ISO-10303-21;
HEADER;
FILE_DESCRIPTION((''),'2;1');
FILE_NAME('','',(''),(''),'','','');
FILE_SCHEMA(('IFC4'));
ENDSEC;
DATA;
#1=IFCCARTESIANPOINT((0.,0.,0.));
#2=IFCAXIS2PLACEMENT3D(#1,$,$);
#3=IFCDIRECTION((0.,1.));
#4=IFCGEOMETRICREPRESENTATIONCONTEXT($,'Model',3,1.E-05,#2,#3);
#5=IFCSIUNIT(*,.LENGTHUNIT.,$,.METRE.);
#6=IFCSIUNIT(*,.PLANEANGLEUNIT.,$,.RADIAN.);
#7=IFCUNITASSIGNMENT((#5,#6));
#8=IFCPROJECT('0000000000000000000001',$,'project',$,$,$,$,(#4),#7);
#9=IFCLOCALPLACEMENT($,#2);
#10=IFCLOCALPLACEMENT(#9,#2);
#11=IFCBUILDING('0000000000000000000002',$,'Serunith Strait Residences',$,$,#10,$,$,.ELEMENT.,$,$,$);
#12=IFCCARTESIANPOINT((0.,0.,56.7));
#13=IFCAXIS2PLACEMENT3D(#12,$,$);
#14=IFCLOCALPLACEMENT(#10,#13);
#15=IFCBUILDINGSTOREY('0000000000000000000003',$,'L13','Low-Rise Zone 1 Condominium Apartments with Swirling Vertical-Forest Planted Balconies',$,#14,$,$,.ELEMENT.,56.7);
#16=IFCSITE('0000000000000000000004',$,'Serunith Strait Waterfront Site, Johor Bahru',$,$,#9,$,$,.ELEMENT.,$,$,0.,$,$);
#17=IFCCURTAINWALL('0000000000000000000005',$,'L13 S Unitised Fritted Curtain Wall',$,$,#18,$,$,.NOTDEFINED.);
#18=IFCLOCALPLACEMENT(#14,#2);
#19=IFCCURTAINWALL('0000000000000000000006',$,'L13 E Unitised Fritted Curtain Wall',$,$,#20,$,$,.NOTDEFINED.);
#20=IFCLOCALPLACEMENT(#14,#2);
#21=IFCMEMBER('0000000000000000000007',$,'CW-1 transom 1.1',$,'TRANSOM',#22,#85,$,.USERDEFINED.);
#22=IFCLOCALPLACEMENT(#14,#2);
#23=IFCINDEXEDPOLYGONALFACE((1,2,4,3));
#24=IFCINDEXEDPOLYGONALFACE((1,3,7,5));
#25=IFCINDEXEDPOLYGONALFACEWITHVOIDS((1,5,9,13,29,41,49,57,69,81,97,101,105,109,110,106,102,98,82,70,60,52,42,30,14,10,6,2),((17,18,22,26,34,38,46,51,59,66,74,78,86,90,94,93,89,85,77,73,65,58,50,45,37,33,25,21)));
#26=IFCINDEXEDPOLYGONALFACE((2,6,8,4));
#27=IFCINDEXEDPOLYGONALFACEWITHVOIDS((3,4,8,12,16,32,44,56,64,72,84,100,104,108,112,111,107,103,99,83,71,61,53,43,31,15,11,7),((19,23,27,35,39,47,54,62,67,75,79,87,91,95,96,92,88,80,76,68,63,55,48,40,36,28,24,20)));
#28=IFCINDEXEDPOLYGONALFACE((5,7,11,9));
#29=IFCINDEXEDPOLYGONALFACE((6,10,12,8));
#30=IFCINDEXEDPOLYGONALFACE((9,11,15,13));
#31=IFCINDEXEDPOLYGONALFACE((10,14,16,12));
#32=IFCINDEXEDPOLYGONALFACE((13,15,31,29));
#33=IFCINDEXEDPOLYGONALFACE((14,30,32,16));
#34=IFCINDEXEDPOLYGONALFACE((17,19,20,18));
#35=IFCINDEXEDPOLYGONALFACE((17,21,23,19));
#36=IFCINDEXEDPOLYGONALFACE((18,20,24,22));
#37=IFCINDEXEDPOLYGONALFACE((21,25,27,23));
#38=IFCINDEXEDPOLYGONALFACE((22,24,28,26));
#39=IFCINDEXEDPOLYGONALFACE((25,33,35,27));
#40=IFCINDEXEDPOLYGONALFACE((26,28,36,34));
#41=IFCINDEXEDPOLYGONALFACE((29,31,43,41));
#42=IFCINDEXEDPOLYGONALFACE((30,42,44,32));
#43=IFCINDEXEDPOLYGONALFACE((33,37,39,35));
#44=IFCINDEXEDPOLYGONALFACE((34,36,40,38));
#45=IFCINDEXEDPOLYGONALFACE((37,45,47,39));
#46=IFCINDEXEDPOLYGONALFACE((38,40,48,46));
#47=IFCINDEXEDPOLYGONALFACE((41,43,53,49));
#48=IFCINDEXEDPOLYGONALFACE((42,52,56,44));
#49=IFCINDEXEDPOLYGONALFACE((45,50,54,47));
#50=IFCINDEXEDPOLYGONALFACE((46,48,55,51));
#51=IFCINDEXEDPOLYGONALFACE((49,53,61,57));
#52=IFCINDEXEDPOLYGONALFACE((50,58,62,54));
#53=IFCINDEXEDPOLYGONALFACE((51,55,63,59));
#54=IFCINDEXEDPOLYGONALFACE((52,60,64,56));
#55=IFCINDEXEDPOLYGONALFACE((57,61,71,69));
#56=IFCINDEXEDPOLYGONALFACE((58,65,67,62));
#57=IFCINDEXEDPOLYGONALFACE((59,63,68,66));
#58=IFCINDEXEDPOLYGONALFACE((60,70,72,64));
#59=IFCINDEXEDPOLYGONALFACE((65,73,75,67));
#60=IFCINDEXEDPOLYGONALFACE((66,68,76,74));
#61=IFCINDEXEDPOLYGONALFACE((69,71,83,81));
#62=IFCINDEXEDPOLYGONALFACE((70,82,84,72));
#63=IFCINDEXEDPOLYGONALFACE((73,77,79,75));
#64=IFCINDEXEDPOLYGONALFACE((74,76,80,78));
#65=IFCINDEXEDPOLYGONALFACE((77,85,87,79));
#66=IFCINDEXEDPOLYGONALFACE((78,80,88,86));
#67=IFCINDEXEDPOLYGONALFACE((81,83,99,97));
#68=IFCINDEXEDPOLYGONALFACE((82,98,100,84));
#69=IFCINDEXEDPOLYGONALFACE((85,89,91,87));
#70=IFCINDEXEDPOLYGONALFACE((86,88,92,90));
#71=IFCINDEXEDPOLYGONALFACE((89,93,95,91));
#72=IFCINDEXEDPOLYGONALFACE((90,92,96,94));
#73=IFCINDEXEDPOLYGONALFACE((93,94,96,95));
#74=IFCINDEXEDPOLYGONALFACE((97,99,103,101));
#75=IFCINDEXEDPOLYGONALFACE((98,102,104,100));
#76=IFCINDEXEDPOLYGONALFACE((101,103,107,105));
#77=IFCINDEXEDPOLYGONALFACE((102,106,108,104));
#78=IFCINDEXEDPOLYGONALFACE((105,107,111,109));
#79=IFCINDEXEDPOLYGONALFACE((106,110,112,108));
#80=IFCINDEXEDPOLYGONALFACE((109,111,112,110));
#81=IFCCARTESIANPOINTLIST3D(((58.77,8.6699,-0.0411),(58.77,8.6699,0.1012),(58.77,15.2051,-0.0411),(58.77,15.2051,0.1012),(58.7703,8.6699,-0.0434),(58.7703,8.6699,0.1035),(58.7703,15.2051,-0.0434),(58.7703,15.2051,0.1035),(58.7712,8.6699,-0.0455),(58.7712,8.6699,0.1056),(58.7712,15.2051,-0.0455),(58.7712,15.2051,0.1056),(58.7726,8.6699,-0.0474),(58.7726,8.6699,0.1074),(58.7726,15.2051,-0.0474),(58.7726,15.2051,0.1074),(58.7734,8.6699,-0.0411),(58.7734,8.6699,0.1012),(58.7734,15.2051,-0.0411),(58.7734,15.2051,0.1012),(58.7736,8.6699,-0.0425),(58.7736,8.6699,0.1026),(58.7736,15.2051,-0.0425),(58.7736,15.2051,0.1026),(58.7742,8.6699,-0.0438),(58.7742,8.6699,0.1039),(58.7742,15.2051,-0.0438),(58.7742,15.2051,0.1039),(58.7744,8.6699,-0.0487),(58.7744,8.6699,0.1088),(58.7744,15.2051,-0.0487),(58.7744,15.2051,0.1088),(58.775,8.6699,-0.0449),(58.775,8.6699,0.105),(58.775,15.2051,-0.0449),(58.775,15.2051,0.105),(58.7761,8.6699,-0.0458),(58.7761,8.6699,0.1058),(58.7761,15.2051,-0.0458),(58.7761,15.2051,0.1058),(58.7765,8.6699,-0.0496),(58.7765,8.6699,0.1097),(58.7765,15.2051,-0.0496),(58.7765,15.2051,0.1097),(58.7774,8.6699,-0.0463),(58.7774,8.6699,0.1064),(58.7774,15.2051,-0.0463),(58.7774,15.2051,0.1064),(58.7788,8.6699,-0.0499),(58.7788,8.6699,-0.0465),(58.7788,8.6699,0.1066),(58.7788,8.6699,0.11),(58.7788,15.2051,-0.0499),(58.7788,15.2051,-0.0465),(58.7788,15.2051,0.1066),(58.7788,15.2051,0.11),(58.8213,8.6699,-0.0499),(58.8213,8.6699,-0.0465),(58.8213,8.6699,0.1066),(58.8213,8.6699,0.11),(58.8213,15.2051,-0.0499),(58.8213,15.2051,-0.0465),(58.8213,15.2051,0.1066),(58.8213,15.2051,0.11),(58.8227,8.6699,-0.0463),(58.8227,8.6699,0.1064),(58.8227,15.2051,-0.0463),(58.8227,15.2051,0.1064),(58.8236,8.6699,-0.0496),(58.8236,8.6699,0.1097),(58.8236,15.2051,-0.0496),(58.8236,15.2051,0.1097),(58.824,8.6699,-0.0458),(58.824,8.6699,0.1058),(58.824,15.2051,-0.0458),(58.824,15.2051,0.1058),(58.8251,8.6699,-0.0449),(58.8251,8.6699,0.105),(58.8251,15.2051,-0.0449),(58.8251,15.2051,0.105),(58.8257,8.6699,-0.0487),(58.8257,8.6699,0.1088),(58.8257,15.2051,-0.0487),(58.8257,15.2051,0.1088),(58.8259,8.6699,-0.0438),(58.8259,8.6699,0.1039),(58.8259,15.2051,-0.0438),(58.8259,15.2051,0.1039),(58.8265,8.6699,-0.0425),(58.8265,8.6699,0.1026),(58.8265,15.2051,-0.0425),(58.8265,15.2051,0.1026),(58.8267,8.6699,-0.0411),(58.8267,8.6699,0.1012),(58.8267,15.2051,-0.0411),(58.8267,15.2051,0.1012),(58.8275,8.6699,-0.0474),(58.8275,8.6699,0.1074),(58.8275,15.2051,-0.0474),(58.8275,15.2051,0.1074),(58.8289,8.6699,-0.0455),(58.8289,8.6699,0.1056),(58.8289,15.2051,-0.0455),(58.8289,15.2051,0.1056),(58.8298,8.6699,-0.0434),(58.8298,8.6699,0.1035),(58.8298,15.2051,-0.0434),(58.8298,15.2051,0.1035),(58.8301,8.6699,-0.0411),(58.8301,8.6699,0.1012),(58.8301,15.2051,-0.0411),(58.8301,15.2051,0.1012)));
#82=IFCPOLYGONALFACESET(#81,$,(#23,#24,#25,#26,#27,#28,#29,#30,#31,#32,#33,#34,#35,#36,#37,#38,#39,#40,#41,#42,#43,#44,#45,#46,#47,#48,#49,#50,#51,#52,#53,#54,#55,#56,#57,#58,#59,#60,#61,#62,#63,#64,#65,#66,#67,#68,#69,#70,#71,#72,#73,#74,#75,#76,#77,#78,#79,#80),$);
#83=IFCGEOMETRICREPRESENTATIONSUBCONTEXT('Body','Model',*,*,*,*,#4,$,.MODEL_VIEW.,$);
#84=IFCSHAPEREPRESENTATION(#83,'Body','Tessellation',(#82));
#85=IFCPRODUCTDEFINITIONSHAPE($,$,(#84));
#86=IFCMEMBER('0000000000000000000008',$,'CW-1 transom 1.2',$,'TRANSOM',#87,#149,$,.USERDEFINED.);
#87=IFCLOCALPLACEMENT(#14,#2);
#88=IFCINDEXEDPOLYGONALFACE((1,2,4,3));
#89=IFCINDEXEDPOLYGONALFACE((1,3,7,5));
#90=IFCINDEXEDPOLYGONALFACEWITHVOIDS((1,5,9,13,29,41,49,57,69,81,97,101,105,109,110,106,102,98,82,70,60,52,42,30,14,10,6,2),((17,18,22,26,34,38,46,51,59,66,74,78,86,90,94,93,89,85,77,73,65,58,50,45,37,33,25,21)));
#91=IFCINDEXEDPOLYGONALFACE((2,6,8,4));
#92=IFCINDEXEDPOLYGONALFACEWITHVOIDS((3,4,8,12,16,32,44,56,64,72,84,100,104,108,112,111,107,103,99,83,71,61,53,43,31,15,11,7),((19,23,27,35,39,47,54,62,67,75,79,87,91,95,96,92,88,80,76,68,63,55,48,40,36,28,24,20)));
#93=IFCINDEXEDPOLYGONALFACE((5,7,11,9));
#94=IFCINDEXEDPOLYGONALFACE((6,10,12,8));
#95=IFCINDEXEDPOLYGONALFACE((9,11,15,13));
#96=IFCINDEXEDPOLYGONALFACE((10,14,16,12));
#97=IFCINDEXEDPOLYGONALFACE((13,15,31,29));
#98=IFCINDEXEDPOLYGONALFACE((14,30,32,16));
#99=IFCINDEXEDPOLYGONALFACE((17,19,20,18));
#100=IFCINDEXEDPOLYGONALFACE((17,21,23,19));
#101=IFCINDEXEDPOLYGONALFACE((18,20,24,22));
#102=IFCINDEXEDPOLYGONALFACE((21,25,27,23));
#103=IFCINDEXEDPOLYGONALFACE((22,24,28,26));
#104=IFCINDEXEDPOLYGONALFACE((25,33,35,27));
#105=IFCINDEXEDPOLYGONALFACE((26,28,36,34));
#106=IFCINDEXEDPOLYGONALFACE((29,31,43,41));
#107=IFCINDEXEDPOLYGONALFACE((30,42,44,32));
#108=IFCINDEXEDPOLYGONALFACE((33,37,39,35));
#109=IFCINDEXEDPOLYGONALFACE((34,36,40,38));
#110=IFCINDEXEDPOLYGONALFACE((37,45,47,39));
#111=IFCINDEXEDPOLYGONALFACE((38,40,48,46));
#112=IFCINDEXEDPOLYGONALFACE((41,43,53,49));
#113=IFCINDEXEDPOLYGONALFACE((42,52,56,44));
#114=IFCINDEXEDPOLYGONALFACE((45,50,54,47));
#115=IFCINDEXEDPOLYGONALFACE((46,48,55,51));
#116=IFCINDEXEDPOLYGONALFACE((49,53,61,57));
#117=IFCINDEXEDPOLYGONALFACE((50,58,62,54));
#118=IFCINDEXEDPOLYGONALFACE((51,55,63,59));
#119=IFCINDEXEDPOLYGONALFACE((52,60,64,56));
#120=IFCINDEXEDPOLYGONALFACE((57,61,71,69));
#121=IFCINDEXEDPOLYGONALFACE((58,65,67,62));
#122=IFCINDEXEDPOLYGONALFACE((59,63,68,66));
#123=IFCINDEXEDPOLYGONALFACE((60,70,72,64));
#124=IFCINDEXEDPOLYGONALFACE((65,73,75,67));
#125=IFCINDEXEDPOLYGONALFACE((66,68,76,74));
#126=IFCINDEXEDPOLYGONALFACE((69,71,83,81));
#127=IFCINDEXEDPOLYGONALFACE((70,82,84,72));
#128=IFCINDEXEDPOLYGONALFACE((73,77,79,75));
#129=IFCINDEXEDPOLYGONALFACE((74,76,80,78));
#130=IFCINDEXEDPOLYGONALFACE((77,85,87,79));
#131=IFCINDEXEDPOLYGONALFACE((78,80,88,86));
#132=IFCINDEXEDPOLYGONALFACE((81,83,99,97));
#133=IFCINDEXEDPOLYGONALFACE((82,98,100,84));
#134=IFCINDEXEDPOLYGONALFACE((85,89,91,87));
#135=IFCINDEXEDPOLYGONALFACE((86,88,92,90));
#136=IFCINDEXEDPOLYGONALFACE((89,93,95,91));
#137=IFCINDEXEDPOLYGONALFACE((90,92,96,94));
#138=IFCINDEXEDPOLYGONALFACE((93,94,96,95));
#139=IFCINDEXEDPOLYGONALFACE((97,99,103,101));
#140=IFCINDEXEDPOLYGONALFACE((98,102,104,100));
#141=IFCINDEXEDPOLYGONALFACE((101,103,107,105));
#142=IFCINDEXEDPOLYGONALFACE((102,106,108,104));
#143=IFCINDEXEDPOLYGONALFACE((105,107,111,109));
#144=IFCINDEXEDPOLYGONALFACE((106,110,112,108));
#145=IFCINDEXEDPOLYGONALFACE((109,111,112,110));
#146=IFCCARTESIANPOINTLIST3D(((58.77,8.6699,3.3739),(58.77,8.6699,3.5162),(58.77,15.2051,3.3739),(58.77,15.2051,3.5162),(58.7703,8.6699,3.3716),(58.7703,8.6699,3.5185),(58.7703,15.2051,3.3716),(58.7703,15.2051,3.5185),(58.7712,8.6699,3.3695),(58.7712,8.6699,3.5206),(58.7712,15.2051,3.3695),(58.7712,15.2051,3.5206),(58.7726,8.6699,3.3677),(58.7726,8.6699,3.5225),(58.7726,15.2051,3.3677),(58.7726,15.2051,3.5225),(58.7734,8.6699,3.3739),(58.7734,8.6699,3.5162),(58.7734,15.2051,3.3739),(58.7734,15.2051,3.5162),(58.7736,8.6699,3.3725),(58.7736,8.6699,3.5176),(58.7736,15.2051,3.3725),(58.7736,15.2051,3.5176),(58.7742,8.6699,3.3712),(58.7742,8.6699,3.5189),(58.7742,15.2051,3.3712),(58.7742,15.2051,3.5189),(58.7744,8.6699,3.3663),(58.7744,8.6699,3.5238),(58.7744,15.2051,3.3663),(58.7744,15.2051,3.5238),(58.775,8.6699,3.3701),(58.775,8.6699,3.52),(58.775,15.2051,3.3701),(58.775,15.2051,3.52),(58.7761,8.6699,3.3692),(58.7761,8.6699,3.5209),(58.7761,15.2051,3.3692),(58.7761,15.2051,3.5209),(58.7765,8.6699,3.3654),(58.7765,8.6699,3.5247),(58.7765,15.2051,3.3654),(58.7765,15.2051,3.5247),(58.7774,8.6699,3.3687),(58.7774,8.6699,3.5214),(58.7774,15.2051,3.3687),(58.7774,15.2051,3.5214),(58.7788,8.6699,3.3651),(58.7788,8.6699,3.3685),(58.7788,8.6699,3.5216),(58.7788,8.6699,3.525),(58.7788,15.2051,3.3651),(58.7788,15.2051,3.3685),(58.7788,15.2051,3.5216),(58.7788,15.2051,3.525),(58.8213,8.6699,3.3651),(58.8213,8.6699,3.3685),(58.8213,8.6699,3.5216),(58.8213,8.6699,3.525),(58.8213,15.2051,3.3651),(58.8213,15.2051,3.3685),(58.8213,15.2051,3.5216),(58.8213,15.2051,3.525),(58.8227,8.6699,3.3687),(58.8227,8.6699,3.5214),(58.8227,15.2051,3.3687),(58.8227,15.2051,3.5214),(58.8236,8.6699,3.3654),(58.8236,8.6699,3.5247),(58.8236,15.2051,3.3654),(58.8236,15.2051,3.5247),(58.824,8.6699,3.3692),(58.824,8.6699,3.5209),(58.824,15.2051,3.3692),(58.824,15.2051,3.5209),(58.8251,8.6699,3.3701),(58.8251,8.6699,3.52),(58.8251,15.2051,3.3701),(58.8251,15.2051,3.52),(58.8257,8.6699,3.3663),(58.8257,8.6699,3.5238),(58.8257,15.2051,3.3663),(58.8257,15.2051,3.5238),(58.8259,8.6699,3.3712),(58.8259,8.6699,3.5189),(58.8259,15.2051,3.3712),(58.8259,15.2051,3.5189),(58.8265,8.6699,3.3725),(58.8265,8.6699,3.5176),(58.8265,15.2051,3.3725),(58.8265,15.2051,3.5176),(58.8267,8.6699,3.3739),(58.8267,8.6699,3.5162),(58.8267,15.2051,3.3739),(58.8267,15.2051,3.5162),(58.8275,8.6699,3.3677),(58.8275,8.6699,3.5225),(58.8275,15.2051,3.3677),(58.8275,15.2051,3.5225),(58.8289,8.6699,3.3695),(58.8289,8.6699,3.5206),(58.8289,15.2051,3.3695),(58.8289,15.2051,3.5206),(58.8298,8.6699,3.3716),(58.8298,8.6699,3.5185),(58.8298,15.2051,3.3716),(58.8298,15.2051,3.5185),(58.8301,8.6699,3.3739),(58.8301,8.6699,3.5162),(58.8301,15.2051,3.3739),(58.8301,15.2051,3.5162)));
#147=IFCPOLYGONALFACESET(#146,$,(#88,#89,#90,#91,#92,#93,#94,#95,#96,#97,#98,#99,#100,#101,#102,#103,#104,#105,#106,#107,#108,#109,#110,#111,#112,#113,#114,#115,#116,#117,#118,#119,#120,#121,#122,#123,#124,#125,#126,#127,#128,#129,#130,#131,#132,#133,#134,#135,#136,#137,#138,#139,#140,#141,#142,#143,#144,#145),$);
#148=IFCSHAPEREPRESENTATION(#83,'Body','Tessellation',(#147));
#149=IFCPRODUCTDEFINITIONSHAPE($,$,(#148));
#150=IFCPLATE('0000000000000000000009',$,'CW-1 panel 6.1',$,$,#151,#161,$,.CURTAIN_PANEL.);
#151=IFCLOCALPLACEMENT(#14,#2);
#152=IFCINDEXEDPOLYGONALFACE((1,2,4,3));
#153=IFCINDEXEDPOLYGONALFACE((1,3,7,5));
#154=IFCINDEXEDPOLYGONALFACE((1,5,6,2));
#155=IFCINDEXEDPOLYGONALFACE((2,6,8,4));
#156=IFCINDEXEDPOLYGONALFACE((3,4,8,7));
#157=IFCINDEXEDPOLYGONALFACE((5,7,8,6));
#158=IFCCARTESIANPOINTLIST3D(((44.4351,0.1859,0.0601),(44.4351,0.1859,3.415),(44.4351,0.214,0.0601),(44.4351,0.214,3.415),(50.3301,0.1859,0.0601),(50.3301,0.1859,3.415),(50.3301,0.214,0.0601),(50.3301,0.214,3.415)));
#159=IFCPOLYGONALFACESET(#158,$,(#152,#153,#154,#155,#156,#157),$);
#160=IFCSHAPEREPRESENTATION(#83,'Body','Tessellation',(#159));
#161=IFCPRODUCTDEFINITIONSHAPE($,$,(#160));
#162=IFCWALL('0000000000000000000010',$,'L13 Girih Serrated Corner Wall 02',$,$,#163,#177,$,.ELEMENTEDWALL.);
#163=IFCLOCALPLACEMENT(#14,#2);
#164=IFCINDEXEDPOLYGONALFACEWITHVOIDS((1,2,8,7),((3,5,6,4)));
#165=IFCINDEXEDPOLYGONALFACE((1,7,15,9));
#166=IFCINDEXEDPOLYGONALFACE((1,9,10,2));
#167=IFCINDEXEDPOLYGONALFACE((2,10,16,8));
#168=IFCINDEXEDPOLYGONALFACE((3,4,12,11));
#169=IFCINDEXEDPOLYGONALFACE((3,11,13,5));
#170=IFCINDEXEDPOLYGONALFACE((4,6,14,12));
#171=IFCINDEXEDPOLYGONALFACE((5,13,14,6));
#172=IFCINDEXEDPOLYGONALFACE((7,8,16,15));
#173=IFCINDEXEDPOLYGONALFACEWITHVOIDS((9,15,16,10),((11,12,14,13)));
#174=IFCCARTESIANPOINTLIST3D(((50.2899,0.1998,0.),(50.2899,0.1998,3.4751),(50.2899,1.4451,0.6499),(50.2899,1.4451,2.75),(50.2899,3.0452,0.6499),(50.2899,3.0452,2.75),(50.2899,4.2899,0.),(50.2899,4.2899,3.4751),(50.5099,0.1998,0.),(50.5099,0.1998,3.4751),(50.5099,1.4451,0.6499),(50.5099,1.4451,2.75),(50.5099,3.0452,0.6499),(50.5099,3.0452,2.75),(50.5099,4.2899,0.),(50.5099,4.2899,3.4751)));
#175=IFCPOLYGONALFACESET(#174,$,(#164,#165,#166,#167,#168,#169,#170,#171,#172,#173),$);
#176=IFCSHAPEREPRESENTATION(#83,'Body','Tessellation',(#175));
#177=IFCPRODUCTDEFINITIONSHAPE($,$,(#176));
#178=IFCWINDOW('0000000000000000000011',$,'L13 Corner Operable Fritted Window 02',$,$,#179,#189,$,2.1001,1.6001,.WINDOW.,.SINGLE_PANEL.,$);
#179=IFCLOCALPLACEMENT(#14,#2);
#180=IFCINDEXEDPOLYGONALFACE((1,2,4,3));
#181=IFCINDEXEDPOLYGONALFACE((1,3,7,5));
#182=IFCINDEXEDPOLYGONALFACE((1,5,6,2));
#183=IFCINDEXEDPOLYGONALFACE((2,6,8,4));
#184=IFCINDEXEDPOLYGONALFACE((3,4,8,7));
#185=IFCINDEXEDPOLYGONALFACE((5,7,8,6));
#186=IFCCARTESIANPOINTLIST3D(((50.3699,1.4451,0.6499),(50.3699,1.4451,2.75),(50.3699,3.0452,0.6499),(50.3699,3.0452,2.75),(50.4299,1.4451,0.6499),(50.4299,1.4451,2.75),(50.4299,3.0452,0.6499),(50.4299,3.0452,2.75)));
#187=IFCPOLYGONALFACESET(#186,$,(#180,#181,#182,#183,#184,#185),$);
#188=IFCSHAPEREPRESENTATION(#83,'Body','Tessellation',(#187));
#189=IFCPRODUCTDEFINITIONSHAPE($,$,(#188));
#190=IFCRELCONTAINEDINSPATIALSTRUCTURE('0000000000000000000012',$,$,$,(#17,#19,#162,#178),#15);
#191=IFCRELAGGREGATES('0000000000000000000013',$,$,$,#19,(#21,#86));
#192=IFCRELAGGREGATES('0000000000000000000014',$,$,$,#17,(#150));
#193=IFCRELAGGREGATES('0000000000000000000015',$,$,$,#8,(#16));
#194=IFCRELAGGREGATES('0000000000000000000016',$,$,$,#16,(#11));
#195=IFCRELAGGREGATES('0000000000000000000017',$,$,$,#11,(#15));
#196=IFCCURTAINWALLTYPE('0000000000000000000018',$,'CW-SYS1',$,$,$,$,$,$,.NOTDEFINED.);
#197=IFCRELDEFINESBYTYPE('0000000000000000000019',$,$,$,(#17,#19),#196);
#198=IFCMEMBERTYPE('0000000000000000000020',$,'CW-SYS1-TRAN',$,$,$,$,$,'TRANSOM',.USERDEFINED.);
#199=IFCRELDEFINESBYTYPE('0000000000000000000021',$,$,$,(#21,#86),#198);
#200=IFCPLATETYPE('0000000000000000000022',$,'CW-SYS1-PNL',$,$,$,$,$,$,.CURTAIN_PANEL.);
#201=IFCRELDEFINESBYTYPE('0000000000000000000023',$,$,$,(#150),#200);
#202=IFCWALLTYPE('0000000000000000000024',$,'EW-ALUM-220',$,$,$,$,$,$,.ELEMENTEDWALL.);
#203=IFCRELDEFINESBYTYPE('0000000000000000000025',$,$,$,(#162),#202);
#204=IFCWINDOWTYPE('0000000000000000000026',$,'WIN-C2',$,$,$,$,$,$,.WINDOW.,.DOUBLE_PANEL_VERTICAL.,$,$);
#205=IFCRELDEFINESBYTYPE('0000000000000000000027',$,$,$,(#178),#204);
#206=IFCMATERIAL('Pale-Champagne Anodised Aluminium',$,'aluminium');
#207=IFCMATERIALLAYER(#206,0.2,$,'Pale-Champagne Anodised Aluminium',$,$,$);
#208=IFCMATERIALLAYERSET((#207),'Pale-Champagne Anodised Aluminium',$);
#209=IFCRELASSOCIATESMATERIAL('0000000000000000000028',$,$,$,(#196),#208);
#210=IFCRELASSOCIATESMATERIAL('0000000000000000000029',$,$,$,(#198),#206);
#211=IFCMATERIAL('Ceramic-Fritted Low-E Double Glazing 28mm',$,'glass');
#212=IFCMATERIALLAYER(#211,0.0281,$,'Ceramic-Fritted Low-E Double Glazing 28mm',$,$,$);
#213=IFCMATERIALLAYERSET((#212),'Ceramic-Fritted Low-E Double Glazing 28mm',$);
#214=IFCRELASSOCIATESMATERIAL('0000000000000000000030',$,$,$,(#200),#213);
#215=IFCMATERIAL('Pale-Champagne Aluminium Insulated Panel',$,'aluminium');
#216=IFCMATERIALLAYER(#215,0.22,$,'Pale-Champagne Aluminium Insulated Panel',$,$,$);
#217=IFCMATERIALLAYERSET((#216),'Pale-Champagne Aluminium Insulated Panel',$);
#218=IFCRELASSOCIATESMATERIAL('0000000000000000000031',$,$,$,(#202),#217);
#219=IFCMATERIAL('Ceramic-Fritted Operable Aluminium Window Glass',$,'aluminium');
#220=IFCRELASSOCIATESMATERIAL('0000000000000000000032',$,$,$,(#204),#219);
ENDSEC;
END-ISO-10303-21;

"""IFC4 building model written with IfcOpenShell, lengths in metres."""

from ifc_helpers import new_model, si_unit, direction, frame, frame_2d, origin, origin_2d, place, context, subcontext, project, spatial, rectangle, hollow_rectangle, extrude, source, transform, mapped, material, layer, layer_set, material_profile, profile_set, type_object, element, fill, aggregate, save


model = new_model("IFC4")

# Units and contexts
model_context = context("Model", 3, precision=1e-05, world=origin(), true_north=direction((0.0, 1.0)))
body_context = subcontext(model_context, "Body", "Model", "MODEL_VIEW")
ifc_project = project(units=[si_unit("LENGTHUNIT", "METRE"), si_unit("PLANEANGLEUNIT", "RADIAN")], contexts=[model_context])

# Site, building, storey
site_placement = place(None, origin())
site = spatial("IfcSite", under=ifc_project, at=site_placement, Name="Serunith Strait Waterfront Site, Johor Bahru", CompositionType="ELEMENT", RefElevation=0.0)
building_placement = place(site_placement, origin())
building = spatial("IfcBuilding", under=site, at=building_placement, Name="Serunith Strait Residences", CompositionType="ELEMENT")
storey_placement = place(building_placement, frame((0.0, 0.0, 56.7)))
storey = spatial("IfcBuildingStorey", under=building, at=storey_placement, Name="L13", Description="Low-Rise Zone 1 Condominium Apartments with Swirling Vertical-Forest Planted Balconies", CompositionType="ELEMENT", Elevation=56.7)

# Curtain wall
ifc_material_1 = material(Name="Pale-Champagne Anodised Aluminium", Category="aluminium")
ifc_layer_1 = layer(ifc_material_1, 0.2, Name="Pale-Champagne Anodised Aluminium")
ifc_layer_set_1 = layer_set([ifc_layer_1], Name="Pale-Champagne Anodised Aluminium")
curtain_wall_type = type_object("IfcCurtainWallType", Name="CW-SYS1", PredefinedType="NOTDEFINED", material=ifc_layer_set_1)
curtain_wall_1_placement = place(storey_placement, origin())
curtain_wall_1 = element("IfcCurtainWall", 1, at=curtain_wall_1_placement, inside=storey, type_object=curtain_wall_type, Name="L13 S Unitised Fritted Curtain Wall", PredefinedType="NOTDEFINED")

# Curtain wall, members
curtain_wall_2_placement = place(storey_placement, origin())
curtain_wall_2 = element("IfcCurtainWall", 2, at=curtain_wall_2_placement, inside=storey, type_object=curtain_wall_type, Name="L13 E Unitised Fritted Curtain Wall", PredefinedType="NOTDEFINED")
ifc_material_profile_1 = material_profile(ifc_material_1, hollow_rectangle(XDim=0.0601, YDim=0.1599, WallThickness=0.0034, InnerFilletRadius=0.0054, OuterFilletRadius=0.0088, at=origin_2d()), Name="ALU 160x60x3.5")
ifc_profile_set_1 = profile_set([ifc_material_profile_1], Name="Pale-Champagne Anodised Aluminium")
member_type_1 = type_object("IfcMemberType", Name="CW-SYS1-TRAN", ElementType="TRANSOM", PredefinedType="USERDEFINED", material=ifc_profile_set_1)
shared_shape_1 = source(origin(), body_context, "Body", "SweptSolid", [
    extrude(hollow_rectangle(XDim=0.0601, YDim=0.1599, WallThickness=0.0034, InnerFilletRadius=0.0054, OuterFilletRadius=0.0088, at=origin_2d()), origin(), (0.0, 0.0, 1.0), 6.5352),
])
member_1_placement = place(storey_placement, frame((58.8, 8.6699, 0.03), z_axis=(0.0, 1.0, 0.0), x_axis=(-1.0, 0.0, 0.0)))
member_1 = element("IfcMember", 3, at=member_1_placement, type_object=member_type_1, Name="CW-1 transom 1.1", ObjectType="TRANSOM", PredefinedType="USERDEFINED", context=body_context, shape_type="MappedRepresentation", body=[
    mapped(shared_shape_1, transform((0.0, 0.0, 0.0), scale=1.0)),
])
member_2_placement = place(storey_placement, frame((58.8, 8.6699, 3.4451), z_axis=(0.0, 1.0, 0.0), x_axis=(-1.0, 0.0, 0.0)))
member_2 = element("IfcMember", 4, at=member_2_placement, type_object=member_type_1, Name="CW-1 transom 1.2", ObjectType="TRANSOM", PredefinedType="USERDEFINED", context=body_context, shape_type="MappedRepresentation", body=[
    mapped(shared_shape_1, transform((0.0, 0.0, 0.0), scale=1.0)),
])
aggregate(curtain_wall_2, [member_1, member_2])

# Plate
ifc_material_2 = material(Name="Ceramic-Fritted Low-E Double Glazing 28mm", Category="glass")
ifc_layer_2 = layer(ifc_material_2, 0.0281, Name="Ceramic-Fritted Low-E Double Glazing 28mm")
ifc_layer_set_2 = layer_set([ifc_layer_2], Name="Ceramic-Fritted Low-E Double Glazing 28mm")
plate_type = type_object("IfcPlateType", Name="CW-SYS1-PNL", PredefinedType="CURTAIN_PANEL", material=ifc_layer_set_2)
shared_shape_2 = source(origin(), body_context, "Body", "SweptSolid", [
    extrude(rectangle(XDim=5.895, YDim=0.0281, at=origin_2d()), origin(), (0.0, 0.0, 1.0), 3.355),
])
plate_placement = place(storey_placement, frame((47.3826, 0.2, 0.0601), z_axis=(0.0, 0.0, 1.0), x_axis=(1.0, 0.0, 0.0)))
plate = element("IfcPlate", 5, at=plate_placement, type_object=plate_type, Name="CW-1 panel 6.1", PredefinedType="CURTAIN_PANEL", context=body_context, shape_type="MappedRepresentation", body=[
    mapped(shared_shape_2, transform((0.0, 0.0, 0.0), scale=1.0)),
])
aggregate(curtain_wall_1, [plate])

# Wall, opening, window
ifc_material_3 = material(Name="Pale-Champagne Aluminium Insulated Panel", Category="aluminium")
ifc_layer_3 = layer(ifc_material_3, 0.22, Name="Pale-Champagne Aluminium Insulated Panel")
ifc_layer_set_3 = layer_set([ifc_layer_3], Name="Pale-Champagne Aluminium Insulated Panel")
wall_type_1 = type_object("IfcWallType", Name="EW-ALUM-220", PredefinedType="ELEMENTEDWALL", material=ifc_layer_set_3)
wall_1_placement = place(storey_placement, frame((50.3999, 0.2, 0.0), z_axis=(0.0, 0.0, 1.0), x_axis=(0.0, 1.0, 0.0)))
wall_1 = element("IfcWall", 6, at=wall_1_placement, inside=storey, type_object=wall_type_1, Name="L13 Girih Serrated Corner Wall 02", PredefinedType="ELEMENTEDWALL", context=body_context, shape_type="SweptSolid", body=[
    extrude(rectangle(XDim=4.0901, YDim=0.22, at=frame_2d((2.0449, 0.0))), origin(), (0.0, 0.0, 1.0), 3.4751),
])
opening_1_placement = place(wall_1_placement, frame((1.2451, 0.0, 0.6499)))
opening_1 = element("IfcOpeningElement", 7, at=opening_1_placement, cuts=wall_1, PredefinedType="OPENING", context=body_context, shape_type="SweptSolid", body=[
    extrude(rectangle(XDim=1.6001, YDim=2.1001, at=frame_2d((0.8, 1.05))), frame((0.0, 0.1201, 0.0), z_axis=(0.0, -1.0, 0.0), x_axis=(1.0, 0.0, 0.0)), (0.0, 0.0, 1.0), 0.24),
])
ifc_material_4 = material(Name="Ceramic-Fritted Operable Aluminium Window Glass", Category="aluminium")
window_type = type_object("IfcWindowType", Name="WIN-C2", PartitioningType="DOUBLE_PANEL_VERTICAL", PredefinedType="WINDOW", material=ifc_material_4)
shared_shape_3 = source(origin(), body_context, "Body", "SweptSolid", [
    extrude(rectangle(XDim=1.6001, YDim=2.1001, at=frame_2d((0.8, 1.05))), frame((0.0, 0.03, 0.0), z_axis=(0.0, -1.0, 0.0), x_axis=(1.0, 0.0, 0.0)), (0.0, 0.0, 1.0), 0.0601),
])
window_1_placement = place(opening_1_placement, origin())
window_1 = element("IfcWindow", 8, at=window_1_placement, inside=storey, type_object=window_type, Name="L13 Corner Operable Fritted Window 02", OverallHeight=2.1001, OverallWidth=1.6001, PartitioningType="SINGLE_PANEL", PredefinedType="WINDOW", context=body_context, shape_type="MappedRepresentation", body=[
    mapped(shared_shape_3, transform((0.0, 0.0, 0.0), scale=1.0)),
])
fill(opening_1, window_1)

save(model, "model.ifc")
